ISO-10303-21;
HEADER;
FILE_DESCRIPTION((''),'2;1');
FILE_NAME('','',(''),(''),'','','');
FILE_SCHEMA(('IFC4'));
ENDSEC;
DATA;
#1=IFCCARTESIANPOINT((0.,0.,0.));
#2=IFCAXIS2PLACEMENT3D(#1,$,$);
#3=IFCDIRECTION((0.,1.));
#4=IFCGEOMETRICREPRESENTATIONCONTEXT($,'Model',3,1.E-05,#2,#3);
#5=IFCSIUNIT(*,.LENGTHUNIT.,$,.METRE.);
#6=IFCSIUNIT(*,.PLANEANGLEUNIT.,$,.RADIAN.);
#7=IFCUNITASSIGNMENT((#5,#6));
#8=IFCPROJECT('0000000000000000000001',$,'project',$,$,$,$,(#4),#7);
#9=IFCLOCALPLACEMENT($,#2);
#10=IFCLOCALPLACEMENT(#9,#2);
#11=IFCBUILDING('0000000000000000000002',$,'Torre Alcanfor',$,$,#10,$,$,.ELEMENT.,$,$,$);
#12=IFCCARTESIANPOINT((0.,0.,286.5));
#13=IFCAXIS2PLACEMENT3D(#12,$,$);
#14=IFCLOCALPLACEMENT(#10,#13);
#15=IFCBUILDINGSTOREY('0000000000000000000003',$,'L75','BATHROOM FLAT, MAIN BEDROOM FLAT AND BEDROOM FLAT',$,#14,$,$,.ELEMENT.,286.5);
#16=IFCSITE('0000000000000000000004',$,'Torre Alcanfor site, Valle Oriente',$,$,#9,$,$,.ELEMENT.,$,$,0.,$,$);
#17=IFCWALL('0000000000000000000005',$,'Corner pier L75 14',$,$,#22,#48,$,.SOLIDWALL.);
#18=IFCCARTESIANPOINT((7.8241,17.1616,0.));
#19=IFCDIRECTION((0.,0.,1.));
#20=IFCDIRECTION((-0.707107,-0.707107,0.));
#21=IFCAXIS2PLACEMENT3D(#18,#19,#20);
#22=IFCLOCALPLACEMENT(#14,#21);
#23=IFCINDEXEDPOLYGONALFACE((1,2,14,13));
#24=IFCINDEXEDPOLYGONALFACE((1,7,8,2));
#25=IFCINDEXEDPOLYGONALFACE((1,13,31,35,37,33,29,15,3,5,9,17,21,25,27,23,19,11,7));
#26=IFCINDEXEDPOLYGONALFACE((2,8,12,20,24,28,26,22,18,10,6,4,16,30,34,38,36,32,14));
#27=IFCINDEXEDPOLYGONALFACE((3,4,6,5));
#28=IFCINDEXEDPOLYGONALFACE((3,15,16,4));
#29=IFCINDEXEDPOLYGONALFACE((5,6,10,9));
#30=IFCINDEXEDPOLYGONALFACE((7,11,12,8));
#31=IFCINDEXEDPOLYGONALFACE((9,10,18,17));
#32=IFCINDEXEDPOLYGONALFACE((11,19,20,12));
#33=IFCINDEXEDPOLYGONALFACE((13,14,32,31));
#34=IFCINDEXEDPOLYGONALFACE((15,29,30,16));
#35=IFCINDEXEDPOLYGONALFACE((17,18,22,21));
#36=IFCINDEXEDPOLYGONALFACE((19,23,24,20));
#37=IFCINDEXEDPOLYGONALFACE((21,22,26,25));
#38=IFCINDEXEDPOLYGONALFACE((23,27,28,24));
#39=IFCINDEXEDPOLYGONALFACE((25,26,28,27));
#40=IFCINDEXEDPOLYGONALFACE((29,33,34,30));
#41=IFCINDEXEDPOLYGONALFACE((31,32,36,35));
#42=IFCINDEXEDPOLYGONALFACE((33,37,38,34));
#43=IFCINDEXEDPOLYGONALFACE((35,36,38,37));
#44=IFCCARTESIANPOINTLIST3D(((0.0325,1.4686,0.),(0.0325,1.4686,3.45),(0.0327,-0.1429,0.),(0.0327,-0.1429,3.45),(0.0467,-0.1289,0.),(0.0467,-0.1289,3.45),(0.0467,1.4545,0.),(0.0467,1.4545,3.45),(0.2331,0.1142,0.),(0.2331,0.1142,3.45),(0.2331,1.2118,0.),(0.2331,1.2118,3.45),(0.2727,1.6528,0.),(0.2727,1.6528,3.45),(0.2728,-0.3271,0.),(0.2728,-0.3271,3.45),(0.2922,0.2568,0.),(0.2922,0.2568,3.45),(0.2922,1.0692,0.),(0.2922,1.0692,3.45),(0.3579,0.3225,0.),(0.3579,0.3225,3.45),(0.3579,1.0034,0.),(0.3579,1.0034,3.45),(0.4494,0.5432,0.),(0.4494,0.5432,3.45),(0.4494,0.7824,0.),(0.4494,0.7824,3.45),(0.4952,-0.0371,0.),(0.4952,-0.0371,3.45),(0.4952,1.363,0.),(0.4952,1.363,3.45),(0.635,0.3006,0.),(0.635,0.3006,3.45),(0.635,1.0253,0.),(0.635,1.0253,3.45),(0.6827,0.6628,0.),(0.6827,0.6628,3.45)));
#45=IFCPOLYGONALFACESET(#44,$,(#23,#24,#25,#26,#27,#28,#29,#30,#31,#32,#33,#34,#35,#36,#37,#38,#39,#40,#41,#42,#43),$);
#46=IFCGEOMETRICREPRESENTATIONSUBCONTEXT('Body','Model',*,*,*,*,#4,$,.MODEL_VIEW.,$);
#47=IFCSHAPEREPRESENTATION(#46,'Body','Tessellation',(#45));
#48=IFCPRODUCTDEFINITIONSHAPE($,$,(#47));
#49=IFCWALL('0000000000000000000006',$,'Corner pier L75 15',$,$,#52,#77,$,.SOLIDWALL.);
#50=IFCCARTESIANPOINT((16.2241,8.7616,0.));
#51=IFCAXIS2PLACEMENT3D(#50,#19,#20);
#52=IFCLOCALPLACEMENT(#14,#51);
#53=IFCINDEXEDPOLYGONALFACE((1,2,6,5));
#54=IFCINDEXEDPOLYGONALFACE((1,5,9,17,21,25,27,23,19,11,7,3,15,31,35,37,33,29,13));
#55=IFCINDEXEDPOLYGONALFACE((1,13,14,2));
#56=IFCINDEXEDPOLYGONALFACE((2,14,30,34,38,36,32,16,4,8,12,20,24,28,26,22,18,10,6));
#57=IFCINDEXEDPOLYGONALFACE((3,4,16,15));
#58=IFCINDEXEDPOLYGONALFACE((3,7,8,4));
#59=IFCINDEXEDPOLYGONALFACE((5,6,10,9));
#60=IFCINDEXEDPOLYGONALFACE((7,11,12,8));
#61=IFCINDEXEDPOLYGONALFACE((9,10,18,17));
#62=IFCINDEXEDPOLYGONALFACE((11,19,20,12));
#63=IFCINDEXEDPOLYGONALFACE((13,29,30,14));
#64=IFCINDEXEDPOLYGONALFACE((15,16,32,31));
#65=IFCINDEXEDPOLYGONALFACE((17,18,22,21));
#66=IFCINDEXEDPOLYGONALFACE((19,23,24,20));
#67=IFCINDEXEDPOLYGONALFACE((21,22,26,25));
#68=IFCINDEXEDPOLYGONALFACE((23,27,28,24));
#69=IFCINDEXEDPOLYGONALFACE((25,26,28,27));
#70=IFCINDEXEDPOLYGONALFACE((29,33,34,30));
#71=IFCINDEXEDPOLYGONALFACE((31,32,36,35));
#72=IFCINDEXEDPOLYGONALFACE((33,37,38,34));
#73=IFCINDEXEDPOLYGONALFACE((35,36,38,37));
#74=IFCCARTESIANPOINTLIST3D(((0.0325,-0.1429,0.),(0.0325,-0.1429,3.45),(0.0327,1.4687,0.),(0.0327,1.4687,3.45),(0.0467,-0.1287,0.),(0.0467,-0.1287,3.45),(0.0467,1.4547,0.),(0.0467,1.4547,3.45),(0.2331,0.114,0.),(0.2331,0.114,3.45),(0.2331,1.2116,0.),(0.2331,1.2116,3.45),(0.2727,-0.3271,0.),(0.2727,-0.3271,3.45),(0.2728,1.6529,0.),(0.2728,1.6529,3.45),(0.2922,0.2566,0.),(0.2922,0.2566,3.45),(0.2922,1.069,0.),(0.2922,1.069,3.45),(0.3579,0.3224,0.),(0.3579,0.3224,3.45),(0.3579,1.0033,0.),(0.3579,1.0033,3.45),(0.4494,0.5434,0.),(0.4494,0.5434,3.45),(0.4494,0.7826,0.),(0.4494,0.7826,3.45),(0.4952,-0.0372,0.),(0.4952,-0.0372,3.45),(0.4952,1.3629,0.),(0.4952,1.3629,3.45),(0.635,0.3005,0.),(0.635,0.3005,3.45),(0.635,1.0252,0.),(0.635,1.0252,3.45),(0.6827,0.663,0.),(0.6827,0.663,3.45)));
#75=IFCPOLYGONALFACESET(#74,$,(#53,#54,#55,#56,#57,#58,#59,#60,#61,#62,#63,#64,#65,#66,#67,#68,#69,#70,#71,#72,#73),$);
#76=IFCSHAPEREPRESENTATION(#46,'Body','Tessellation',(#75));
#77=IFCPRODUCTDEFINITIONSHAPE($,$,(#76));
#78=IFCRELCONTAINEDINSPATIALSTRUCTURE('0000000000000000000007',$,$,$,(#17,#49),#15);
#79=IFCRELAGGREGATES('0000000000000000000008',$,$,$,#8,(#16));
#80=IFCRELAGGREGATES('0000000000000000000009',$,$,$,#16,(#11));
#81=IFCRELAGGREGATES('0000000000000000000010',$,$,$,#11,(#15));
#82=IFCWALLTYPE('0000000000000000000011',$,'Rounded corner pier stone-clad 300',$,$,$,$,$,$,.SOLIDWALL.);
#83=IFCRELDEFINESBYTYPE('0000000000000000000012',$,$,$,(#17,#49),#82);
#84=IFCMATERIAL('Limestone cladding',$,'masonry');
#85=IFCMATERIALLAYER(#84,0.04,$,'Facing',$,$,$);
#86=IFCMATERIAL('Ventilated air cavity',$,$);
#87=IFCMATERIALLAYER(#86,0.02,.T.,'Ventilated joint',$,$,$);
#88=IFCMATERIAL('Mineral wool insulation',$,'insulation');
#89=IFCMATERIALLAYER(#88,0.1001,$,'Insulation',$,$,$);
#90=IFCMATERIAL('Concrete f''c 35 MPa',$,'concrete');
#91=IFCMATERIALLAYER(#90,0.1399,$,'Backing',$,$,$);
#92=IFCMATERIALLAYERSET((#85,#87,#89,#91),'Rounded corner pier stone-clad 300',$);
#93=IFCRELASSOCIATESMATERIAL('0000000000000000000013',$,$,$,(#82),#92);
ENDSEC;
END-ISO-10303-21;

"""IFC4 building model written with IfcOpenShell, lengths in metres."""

from ifc_helpers import new_model, si_unit, direction, frame, origin, place, context, subcontext, project, spatial, polyline, outline, extrude, material, layer, layer_set, type_object, element, save


model = new_model("IFC4")

# Units and contexts
model_context = context("Model", 3, precision=1e-05, world=origin(), true_north=direction((0.0, 1.0)))
body_context = subcontext(model_context, "Body", "Model", "MODEL_VIEW")
ifc_project = project(units=[si_unit("LENGTHUNIT", "METRE"), si_unit("PLANEANGLEUNIT", "RADIAN")], contexts=[model_context])

# Site, building, storey
site_placement = place(None, origin())
site = spatial("IfcSite", under=ifc_project, at=site_placement, Name="Torre Alcanfor site, Valle Oriente", CompositionType="ELEMENT", RefElevation=0.0)
building_placement = place(site_placement, origin())
building = spatial("IfcBuilding", under=site, at=building_placement, Name="Torre Alcanfor", CompositionType="ELEMENT")
storey_placement = place(building_placement, frame((0.0, 0.0, 286.5)))
storey = spatial("IfcBuildingStorey", under=building, at=storey_placement, Name="L75", Description="BATHROOM FLAT, MAIN BEDROOM FLAT AND BEDROOM FLAT", CompositionType="ELEMENT", Elevation=286.5)

# Shared definitions
ifc_material_1 = material(Name="Limestone cladding", Category="masonry")
ifc_material_2 = material(Name="Ventilated air cavity")
ifc_material_3 = material(Name="Mineral wool insulation", Category="insulation")
ifc_material_4 = material(Name="Concrete f'c 35 MPa", Category="concrete")

# Walls
ifc_layer_1 = layer(ifc_material_1, 0.04, Name="Facing")
ifc_layer_2 = layer(ifc_material_2, 0.02, ventilated=True, Name="Ventilated joint")
ifc_layer_3 = layer(ifc_material_3, 0.1001, Name="Insulation")
ifc_layer_4 = layer(ifc_material_4, 0.1399, Name="Backing")
ifc_layer_set_1 = layer_set([ifc_layer_1, ifc_layer_2, ifc_layer_3, ifc_layer_4], Name="Rounded corner pier stone-clad 300")
wall_type_1 = type_object("IfcWallType", Name="Rounded corner pier stone-clad 300", PredefinedType="SOLIDWALL", material=ifc_layer_set_1)
wall_1_placement = place(storey_placement, frame((7.8241, 17.1616, 0.0), z_axis=(0.0, 0.0, 1.0), x_axis=(-0.707107, -0.707107, 0.0)))
element("IfcWall", 1, at=wall_1_placement, inside=storey, type_object=wall_type_1, Name="Corner pier L75 14", PredefinedType="SOLIDWALL", context=body_context, shape_type="SweptSolid", body=[
    extrude(outline(polyline([(0.0467, 1.4545), (0.2331, 1.2118), (0.2922, 1.0692), (0.3579, 1.0034), (0.4494, 0.7824), (0.4494, 0.5432), (0.3579, 0.3225), (0.2922, 0.2568), (0.2331, 0.1142), (0.0467, -0.1289), (0.0327, -0.1429), (0.2728, -0.3271), (0.4952, -0.0371), (0.635, 0.3006), (0.6827, 0.6628), (0.635, 1.0253), (0.4952, 1.363), (0.2727, 1.6528), (0.0325, 1.4686), (0.0467, 1.4545)])), origin(), (0.0, 0.0, 1.0), 3.45),
])
wall_2_placement = place(storey_placement, frame((16.2241, 8.7616, 0.0), z_axis=(0.0, 0.0, 1.0), x_axis=(-0.707107, -0.707107, 0.0)))
element("IfcWall", 2, at=wall_2_placement, inside=storey, type_object=wall_type_1, Name="Corner pier L75 15", PredefinedType="SOLIDWALL", context=body_context, shape_type="SweptSolid", body=[
    extrude(outline(polyline([(0.0327, 1.4687), (0.0467, 1.4547), (0.2331, 1.2116), (0.2922, 1.069), (0.3579, 1.0033), (0.4494, 0.7826), (0.4494, 0.5434), (0.3579, 0.3224), (0.2922, 0.2566), (0.2331, 0.114), (0.0467, -0.1287), (0.0325, -0.1429), (0.2727, -0.3271), (0.4952, -0.0372), (0.635, 0.3005), (0.6827, 0.663), (0.635, 1.0252), (0.4952, 1.3629), (0.2728, 1.6529), (0.0327, 1.4687)])), origin(), (0.0, 0.0, 1.0), 3.45),
])

save(model, "model.ifc")
